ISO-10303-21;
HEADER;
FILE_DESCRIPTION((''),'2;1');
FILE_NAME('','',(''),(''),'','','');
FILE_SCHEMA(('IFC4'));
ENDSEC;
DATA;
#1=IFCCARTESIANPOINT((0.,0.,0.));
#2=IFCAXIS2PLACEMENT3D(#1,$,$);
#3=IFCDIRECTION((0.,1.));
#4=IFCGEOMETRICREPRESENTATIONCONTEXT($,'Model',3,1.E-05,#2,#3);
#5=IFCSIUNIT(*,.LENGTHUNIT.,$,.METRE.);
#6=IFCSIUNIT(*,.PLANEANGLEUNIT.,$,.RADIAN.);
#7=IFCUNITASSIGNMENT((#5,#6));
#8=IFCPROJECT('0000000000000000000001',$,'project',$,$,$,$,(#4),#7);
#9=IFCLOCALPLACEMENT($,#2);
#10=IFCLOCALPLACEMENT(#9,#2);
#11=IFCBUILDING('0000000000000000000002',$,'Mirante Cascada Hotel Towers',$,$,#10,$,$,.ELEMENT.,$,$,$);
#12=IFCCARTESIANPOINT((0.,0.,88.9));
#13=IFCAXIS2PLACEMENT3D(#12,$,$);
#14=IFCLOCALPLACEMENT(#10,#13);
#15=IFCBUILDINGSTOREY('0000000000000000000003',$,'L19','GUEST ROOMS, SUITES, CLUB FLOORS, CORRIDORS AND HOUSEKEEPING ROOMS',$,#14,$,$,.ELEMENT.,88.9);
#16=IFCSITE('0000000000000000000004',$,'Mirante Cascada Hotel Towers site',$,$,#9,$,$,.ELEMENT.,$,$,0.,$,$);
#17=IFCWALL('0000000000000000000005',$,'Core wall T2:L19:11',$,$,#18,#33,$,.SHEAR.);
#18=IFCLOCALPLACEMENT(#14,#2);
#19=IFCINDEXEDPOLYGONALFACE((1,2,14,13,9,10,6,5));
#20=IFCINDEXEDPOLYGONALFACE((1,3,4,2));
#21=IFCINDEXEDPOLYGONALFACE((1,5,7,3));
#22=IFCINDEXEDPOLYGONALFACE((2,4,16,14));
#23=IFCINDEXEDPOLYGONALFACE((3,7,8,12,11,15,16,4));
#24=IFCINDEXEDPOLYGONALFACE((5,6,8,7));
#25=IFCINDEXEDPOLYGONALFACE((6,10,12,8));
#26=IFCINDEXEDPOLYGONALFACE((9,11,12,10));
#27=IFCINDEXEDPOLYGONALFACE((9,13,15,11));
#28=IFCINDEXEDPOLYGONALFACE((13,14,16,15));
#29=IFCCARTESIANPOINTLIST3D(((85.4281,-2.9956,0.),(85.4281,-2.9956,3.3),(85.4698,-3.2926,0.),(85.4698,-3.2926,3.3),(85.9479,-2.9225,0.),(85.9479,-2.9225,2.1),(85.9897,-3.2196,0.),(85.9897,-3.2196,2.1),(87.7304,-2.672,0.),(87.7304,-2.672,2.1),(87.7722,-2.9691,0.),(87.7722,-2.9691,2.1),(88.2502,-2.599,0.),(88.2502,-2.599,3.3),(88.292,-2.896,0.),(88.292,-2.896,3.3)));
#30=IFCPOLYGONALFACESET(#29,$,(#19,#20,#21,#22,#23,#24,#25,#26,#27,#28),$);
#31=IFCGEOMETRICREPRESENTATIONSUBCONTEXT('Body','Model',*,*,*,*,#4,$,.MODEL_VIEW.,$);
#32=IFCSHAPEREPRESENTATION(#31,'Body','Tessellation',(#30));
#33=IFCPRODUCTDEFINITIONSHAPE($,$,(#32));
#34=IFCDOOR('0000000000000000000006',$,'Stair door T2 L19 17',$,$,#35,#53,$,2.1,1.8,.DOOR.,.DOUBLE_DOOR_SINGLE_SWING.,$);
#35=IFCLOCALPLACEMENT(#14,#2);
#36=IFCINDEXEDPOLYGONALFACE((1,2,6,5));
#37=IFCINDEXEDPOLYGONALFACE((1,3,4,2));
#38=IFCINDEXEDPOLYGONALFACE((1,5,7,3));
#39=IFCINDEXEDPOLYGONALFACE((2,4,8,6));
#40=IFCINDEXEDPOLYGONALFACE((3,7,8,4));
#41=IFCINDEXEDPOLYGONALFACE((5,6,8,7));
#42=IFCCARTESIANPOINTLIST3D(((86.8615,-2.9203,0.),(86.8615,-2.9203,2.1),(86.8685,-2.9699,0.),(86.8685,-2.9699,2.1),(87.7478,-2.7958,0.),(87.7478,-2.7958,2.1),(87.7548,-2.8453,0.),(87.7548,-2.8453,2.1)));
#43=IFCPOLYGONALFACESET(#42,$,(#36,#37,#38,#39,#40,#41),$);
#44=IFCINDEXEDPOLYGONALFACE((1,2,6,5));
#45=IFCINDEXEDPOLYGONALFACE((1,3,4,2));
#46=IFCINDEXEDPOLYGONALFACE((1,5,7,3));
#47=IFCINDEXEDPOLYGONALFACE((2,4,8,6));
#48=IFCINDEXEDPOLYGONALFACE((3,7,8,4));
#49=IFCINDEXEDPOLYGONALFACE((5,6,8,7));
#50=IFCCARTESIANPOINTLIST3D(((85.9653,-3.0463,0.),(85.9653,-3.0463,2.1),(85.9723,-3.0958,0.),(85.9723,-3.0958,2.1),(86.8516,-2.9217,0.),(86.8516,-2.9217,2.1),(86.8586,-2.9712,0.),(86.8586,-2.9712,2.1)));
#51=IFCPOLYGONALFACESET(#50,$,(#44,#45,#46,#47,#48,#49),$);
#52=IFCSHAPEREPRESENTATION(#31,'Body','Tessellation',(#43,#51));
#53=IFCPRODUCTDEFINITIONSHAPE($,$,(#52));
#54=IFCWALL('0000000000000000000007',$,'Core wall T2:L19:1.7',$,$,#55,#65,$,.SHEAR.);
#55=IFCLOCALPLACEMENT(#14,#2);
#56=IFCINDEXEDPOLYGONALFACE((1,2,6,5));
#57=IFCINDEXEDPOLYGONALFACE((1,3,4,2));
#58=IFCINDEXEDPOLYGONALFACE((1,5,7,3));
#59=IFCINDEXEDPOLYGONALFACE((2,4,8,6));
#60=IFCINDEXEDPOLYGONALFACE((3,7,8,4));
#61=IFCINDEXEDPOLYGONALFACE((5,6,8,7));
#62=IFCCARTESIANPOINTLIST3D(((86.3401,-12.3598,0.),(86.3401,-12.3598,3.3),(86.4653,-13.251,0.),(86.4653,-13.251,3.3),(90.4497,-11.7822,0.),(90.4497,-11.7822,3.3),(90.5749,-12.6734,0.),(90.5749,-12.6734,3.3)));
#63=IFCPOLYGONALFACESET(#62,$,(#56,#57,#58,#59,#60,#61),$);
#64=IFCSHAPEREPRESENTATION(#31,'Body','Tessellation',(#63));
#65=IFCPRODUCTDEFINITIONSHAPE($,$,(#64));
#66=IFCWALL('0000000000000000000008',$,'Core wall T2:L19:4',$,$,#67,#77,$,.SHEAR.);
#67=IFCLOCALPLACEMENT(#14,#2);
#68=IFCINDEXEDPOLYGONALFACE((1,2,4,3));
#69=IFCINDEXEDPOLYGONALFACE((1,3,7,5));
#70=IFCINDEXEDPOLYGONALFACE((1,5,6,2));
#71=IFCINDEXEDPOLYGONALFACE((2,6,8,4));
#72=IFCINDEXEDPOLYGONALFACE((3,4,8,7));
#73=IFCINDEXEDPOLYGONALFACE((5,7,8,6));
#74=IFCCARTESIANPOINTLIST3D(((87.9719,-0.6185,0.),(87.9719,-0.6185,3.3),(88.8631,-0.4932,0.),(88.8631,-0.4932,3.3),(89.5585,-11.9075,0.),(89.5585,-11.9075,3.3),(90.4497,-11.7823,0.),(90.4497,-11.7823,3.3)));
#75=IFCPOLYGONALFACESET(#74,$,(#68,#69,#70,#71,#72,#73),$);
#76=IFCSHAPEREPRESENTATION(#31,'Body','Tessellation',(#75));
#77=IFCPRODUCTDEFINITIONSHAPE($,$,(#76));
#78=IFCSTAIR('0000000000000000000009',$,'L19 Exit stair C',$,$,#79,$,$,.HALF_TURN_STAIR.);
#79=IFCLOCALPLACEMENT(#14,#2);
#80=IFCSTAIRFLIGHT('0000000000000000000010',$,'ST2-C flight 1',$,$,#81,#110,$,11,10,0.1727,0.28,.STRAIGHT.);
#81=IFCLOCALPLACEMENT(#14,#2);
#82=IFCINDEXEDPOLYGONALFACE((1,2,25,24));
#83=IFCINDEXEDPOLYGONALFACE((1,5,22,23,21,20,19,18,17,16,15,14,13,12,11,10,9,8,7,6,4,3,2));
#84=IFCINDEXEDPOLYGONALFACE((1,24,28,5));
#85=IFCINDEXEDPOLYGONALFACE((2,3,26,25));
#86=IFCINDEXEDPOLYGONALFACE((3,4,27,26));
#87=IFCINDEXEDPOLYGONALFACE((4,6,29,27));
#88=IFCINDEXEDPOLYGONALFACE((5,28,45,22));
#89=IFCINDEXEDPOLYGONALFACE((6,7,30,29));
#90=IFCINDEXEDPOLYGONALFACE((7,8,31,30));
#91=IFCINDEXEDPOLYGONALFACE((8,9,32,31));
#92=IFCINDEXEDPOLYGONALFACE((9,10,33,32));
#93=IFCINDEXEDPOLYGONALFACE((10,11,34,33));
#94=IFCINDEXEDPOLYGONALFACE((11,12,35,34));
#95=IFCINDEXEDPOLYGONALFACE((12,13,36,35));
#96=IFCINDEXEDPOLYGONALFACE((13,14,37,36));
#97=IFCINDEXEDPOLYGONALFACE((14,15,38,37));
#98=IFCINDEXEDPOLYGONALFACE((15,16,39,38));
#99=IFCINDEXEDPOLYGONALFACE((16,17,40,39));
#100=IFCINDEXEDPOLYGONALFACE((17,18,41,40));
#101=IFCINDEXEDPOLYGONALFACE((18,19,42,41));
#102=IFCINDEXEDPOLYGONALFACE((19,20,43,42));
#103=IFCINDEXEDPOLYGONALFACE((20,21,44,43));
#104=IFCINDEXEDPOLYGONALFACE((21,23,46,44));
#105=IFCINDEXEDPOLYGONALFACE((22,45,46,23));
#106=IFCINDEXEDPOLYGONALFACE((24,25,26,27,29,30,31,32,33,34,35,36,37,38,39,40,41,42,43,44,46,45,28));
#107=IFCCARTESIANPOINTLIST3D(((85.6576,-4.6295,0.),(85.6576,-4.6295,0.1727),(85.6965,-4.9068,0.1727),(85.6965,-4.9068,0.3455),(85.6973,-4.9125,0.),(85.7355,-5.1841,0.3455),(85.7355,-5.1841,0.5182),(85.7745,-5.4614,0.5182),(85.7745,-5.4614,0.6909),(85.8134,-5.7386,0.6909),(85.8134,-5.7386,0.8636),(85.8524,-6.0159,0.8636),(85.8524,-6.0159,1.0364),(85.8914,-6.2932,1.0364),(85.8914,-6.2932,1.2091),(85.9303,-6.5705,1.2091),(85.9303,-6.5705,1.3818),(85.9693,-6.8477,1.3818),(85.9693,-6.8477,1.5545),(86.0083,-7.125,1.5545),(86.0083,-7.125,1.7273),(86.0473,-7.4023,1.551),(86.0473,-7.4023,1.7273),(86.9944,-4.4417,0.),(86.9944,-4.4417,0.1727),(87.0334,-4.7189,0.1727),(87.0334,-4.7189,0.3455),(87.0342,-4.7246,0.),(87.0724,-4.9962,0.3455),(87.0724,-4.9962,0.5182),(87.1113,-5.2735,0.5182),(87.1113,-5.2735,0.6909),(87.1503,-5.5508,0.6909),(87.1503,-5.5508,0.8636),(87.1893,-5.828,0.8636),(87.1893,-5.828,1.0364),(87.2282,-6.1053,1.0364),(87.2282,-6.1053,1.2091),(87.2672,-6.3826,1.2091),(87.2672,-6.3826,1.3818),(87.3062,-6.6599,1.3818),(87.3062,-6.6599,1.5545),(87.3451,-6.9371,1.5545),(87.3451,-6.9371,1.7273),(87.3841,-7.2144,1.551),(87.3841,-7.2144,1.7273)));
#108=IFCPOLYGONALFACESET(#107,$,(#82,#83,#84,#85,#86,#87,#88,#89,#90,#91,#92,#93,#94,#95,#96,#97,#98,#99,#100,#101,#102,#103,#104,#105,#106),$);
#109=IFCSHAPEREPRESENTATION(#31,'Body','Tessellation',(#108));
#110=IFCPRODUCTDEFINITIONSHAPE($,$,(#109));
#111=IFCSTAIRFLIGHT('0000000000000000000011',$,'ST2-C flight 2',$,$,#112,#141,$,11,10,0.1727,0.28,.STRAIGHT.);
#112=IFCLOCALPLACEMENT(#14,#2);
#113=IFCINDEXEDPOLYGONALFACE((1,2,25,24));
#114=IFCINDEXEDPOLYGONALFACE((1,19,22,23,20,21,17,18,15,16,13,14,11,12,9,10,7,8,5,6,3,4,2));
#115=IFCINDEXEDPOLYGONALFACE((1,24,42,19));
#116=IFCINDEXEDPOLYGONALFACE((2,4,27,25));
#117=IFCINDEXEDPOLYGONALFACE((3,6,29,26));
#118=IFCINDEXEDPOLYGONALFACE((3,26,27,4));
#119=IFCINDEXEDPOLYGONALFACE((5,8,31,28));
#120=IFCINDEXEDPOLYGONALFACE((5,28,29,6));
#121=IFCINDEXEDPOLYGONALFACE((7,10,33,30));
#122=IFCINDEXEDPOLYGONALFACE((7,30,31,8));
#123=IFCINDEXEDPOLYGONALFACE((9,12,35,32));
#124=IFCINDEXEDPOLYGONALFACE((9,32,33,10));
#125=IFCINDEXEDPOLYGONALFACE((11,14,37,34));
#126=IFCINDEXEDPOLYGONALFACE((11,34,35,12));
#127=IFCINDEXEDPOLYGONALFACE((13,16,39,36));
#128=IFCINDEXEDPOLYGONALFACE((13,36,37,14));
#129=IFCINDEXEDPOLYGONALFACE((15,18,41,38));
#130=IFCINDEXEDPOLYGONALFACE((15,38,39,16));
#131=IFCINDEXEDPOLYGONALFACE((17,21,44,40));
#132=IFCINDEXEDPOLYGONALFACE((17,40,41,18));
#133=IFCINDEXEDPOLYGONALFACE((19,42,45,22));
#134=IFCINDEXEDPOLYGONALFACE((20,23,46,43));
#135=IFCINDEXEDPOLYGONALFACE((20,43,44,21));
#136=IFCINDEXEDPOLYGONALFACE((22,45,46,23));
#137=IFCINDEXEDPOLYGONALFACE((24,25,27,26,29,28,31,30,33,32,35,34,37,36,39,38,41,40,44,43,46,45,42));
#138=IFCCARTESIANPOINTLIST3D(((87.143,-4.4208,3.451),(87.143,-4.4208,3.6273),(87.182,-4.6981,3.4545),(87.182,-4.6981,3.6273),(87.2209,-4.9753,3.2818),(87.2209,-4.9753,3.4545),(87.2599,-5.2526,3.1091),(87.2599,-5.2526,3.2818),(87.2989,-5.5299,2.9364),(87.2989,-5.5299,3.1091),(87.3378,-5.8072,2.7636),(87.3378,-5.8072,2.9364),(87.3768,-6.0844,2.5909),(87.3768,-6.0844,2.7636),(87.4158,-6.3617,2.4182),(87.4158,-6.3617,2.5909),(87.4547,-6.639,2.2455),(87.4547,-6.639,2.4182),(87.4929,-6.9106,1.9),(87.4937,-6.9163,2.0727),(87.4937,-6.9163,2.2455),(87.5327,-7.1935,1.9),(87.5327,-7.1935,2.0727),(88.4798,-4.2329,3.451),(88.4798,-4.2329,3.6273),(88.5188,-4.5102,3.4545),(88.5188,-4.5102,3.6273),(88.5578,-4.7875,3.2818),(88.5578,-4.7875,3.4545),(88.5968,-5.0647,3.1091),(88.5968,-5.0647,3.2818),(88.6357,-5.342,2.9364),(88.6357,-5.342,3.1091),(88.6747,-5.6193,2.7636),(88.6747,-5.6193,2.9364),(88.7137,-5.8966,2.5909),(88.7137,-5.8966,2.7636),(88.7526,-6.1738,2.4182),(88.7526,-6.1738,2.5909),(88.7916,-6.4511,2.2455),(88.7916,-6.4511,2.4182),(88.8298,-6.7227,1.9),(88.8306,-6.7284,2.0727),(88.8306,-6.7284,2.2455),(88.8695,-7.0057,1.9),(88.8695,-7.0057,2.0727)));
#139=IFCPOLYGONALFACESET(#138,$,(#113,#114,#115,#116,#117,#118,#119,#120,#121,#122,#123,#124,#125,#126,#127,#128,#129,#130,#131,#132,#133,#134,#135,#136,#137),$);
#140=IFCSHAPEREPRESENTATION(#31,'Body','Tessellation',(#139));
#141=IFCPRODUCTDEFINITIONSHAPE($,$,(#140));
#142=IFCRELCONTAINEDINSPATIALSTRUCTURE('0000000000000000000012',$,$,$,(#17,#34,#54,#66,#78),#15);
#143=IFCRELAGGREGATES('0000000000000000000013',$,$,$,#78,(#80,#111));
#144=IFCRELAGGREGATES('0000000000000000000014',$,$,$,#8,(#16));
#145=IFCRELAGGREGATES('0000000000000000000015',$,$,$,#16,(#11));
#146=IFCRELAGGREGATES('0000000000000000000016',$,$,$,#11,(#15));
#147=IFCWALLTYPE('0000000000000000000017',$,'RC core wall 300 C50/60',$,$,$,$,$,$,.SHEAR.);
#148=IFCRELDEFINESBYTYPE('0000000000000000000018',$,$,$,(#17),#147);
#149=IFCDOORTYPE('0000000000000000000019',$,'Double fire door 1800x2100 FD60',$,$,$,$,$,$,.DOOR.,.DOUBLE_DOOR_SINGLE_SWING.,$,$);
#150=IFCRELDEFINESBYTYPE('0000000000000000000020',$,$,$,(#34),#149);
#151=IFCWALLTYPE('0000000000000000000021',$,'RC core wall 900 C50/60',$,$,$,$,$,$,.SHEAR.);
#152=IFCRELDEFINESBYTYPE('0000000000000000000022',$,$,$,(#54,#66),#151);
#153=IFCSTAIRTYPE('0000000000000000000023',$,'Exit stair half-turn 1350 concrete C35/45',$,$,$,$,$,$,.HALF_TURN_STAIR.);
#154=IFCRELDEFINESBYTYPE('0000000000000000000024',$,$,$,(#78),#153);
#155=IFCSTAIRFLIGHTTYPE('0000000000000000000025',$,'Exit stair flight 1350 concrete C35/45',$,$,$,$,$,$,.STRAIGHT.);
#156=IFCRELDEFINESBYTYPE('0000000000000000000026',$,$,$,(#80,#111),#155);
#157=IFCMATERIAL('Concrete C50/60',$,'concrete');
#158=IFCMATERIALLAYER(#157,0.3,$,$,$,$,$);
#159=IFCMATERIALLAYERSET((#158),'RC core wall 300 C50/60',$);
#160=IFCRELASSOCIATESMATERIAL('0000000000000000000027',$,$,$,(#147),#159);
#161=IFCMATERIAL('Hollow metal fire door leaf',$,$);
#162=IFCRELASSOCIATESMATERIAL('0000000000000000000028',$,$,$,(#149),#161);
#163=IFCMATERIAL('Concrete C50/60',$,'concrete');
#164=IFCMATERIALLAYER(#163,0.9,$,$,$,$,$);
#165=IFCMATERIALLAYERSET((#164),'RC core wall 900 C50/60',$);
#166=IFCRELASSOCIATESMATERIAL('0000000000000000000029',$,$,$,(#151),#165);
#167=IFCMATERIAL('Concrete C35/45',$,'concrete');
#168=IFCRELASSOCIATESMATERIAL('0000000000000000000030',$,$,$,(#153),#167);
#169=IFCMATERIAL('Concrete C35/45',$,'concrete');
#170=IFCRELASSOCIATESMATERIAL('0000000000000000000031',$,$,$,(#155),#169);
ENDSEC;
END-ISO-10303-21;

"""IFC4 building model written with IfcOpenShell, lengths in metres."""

from ifc_helpers import new_model, si_unit, direction, frame, frame_2d, origin, place, context, subcontext, project, spatial, polyline, rectangle, outline, extrude, material, layer, layer_set, type_object, element, fill, aggregate, save


model = new_model("IFC4")

# Units and contexts
model_context = context("Model", 3, precision=1e-05, world=origin(), true_north=direction((0.0, 1.0)))
body_context = subcontext(model_context, "Body", "Model", "MODEL_VIEW")
ifc_project = project(units=[si_unit("LENGTHUNIT", "METRE"), si_unit("PLANEANGLEUNIT", "RADIAN")], contexts=[model_context])

# Site, building, storey
site_placement = place(None, origin())
site = spatial("IfcSite", under=ifc_project, at=site_placement, Name="Mirante Cascada Hotel Towers site", CompositionType="ELEMENT", RefElevation=0.0)
building_placement = place(site_placement, origin())
building = spatial("IfcBuilding", under=site, at=building_placement, Name="Mirante Cascada Hotel Towers", CompositionType="ELEMENT")
storey_placement = place(building_placement, frame((0.0, 0.0, 88.9)))
storey = spatial("IfcBuildingStorey", under=building, at=storey_placement, Name="L19", Description="GUEST ROOMS, SUITES, CLUB FLOORS, CORRIDORS AND HOUSEKEEPING ROOMS", CompositionType="ELEMENT", Elevation=88.9)

# Shared definitions
ifc_material_1 = material(Name="Concrete C50/60", Category="concrete")
ifc_layer_1 = layer(ifc_material_1, 0.3)
ifc_layer_set_1 = layer_set([ifc_layer_1], Name="RC core wall 300 C50/60")
wall_type_1 = type_object("IfcWallType", Name="RC core wall 300 C50/60", PredefinedType="SHEAR", material=ifc_layer_set_1)

# Wall, opening, door
wall_1_placement = place(storey_placement, frame((85.4489, -3.1441, 0.0), z_axis=(0.0, 0.0, 1.0), x_axis=(0.99027, 0.139161, 0.0)))
wall_1 = element("IfcWall", 1, at=wall_1_placement, inside=storey, type_object=wall_type_1, Name="Core wall T2:L19:11", PredefinedType="SHEAR", context=body_context, shape_type="SweptSolid", body=[
    extrude(rectangle(XDim=2.8499, YDim=0.3, at=frame_2d((1.425, 0.0))), origin(), (0.0, 0.0, 1.0), 3.3),
])
opening_1_placement = place(wall_1_placement, frame((0.525, 0.0, 0.0)))
opening_1 = element("IfcOpeningElement", 2, at=opening_1_placement, cuts=wall_1, PredefinedType="OPENING", context=body_context, shape_type="SweptSolid", body=[
    extrude(rectangle(XDim=1.8, YDim=2.1, at=frame_2d((0.9, 1.05))), frame((0.0, 0.15, 0.0), z_axis=(0.0, -1.0, 0.0), x_axis=(1.0, 0.0, 0.0)), (0.0, 0.0, 1.0), 0.3),
])
ifc_material_2 = material(Name="Hollow metal fire door leaf")
door_type_1 = type_object("IfcDoorType", Name="Double fire door 1800x2100 FD60", OperationType="DOUBLE_DOOR_SINGLE_SWING", PredefinedType="DOOR", material=ifc_material_2)
door_1_placement = place(opening_1_placement, frame((1.8, 0.0, 0.0), z_axis=(0.0, 0.0, 1.0), x_axis=(-1.0, 0.0, 0.0)))
door_1 = element("IfcDoor", 3, at=door_1_placement, inside=storey, type_object=door_type_1, Name="Stair door T2 L19 17", OperationType="DOUBLE_DOOR_SINGLE_SWING", OverallHeight=2.1, OverallWidth=1.8, PredefinedType="DOOR", context=body_context, shape_type="SweptSolid", body=[
    extrude(rectangle(XDim=0.895, YDim=2.1, at=frame_2d((0.4475, 1.05))), frame((0.0, 0.025, 0.0), z_axis=(0.0, -1.0, 0.0), x_axis=(1.0, 0.0, 0.0)), (0.0, 0.0, 1.0), 0.05),
    extrude(rectangle(XDim=0.895, YDim=2.1, at=frame_2d((1.3525, 1.05))), frame((0.0, 0.025, 0.0), z_axis=(0.0, -1.0, 0.0), x_axis=(1.0, 0.0, 0.0)), (0.0, 0.0, 1.0), 0.05),
])
fill(opening_1, door_1)

# Walls
ifc_material_3 = material(Name="Concrete C50/60", Category="concrete")
ifc_layer_2 = layer(ifc_material_3, 0.9)
ifc_layer_set_2 = layer_set([ifc_layer_2], Name="RC core wall 900 C50/60")
wall_type_2 = type_object("IfcWallType", Name="RC core wall 900 C50/60", PredefinedType="SHEAR", material=ifc_layer_set_2)
wall_2_placement = place(storey_placement, frame((86.4027, -12.8054, 0.0), z_axis=(0.0, 0.0, 1.0), x_axis=(0.990267, 0.139181, 0.0)))
element("IfcWall", 4, at=wall_2_placement, inside=storey, type_object=wall_type_2, Name="Core wall T2:L19:1.7", PredefinedType="SHEAR", context=body_context, shape_type="SweptSolid", body=[
    extrude(rectangle(XDim=4.15, YDim=0.9, at=frame_2d((2.075, 0.0))), origin(), (0.0, 0.0, 1.0), 3.3),
])
wall_3_placement = place(storey_placement, frame((90.0041, -11.8449, 0.0), z_axis=(0.0, 0.0, 1.0), x_axis=(-0.139175, 0.990268, 0.0)))
element("IfcWall", 5, at=wall_3_placement, inside=storey, type_object=wall_type_2, Name="Core wall T2:L19:4", PredefinedType="SHEAR", context=body_context, shape_type="SweptSolid", body=[
    extrude(rectangle(XDim=11.4, YDim=0.9, at=frame_2d((5.7, 0.0))), origin(), (0.0, 0.0, 1.0), 3.3),
])

# Stair, stair flights
ifc_material_4 = material(Name="Concrete C35/45", Category="concrete")
stair_type = type_object("IfcStairType", Name="Exit stair half-turn 1350 concrete C35/45", PredefinedType="HALF_TURN_STAIR", material=ifc_material_4)
stair_placement = place(storey_placement, origin())
stair = element("IfcStair", 6, at=stair_placement, inside=storey, type_object=stair_type, Name="L19 Exit stair C", PredefinedType="HALF_TURN_STAIR")
ifc_material_5 = material(Name="Concrete C35/45", Category="concrete")
stair_flight_type = type_object("IfcStairFlightType", Name="Exit stair flight 1350 concrete C35/45", PredefinedType="STRAIGHT", material=ifc_material_5)
stair_flight_1_placement = place(storey_placement, frame((86.326, -4.5356, 0.0), z_axis=(0.0, 0.0, 1.0), x_axis=(0.139173, -0.990268, 0.0)))
stair_flight_1 = element("IfcStairFlight", 7, at=stair_flight_1_placement, type_object=stair_flight_type, Name="ST2-C flight 1", NumberOfRisers=11, NumberOfTreads=10, PredefinedType="STRAIGHT", RiserHeight=0.1727, TreadLength=0.28, context=body_context, shape_type="SweptSolid", body=[
    extrude(outline(polyline([(0.0, 0.0), (0.0, 0.1727), (0.28, 0.1727), (0.28, 0.3455), (0.56, 0.3455), (0.56, 0.5182), (0.84, 0.5182), (0.84, 0.6909), (1.12, 0.6909), (1.12, 0.8636), (1.4, 0.8636), (1.4, 1.0364), (1.68, 1.0364), (1.68, 1.2091), (1.96, 1.2091), (1.96, 1.3818), (2.24, 1.3818), (2.24, 1.5545), (2.52, 1.5545), (2.52, 1.7273), (2.8, 1.7273), (2.8, 1.9), (2.8, 1.551), (0.2857, 0.0), (0.0, 0.0)])), frame((0.0, 0.675, 0.0), z_axis=(0.0, -1.0, 0.0), x_axis=(1.0, 0.0, 0.0)), (0.0, 0.0, 1.0), 1.35),
])
stair_flight_2_placement = place(storey_placement, frame((88.2011, -7.0996, 1.9), z_axis=(0.0, 0.0, 1.0), x_axis=(-0.139173, 0.990268, 0.0)))
stair_flight_2 = element("IfcStairFlight", 8, at=stair_flight_2_placement, type_object=stair_flight_type, Name="ST2-C flight 2", NumberOfRisers=11, NumberOfTreads=10, PredefinedType="STRAIGHT", RiserHeight=0.1727, TreadLength=0.28, context=body_context, shape_type="SweptSolid", body=[
    extrude(outline(polyline([(0.0, 0.0), (0.0, 0.1727), (0.28, 0.1727), (0.28, 0.3455), (0.56, 0.3455), (0.56, 0.5182), (0.84, 0.5182), (0.84, 0.6909), (1.12, 0.6909), (1.12, 0.8636), (1.4, 0.8636), (1.4, 1.0364), (1.68, 1.0364), (1.68, 1.2091), (1.96, 1.2091), (1.96, 1.3818), (2.24, 1.3818), (2.24, 1.5545), (2.52, 1.5545), (2.52, 1.7273), (2.8, 1.7273), (2.8, 1.9), (2.8, 1.551), (0.2857, 0.0), (0.0, 0.0)])), frame((0.0, 0.675, 0.0), z_axis=(0.0, -1.0, 0.0), x_axis=(1.0, 0.0, 0.0)), (0.0, 0.0, 1.0), 1.35),
])
aggregate(stair, [stair_flight_1, stair_flight_2])

save(model, "model.ifc")
